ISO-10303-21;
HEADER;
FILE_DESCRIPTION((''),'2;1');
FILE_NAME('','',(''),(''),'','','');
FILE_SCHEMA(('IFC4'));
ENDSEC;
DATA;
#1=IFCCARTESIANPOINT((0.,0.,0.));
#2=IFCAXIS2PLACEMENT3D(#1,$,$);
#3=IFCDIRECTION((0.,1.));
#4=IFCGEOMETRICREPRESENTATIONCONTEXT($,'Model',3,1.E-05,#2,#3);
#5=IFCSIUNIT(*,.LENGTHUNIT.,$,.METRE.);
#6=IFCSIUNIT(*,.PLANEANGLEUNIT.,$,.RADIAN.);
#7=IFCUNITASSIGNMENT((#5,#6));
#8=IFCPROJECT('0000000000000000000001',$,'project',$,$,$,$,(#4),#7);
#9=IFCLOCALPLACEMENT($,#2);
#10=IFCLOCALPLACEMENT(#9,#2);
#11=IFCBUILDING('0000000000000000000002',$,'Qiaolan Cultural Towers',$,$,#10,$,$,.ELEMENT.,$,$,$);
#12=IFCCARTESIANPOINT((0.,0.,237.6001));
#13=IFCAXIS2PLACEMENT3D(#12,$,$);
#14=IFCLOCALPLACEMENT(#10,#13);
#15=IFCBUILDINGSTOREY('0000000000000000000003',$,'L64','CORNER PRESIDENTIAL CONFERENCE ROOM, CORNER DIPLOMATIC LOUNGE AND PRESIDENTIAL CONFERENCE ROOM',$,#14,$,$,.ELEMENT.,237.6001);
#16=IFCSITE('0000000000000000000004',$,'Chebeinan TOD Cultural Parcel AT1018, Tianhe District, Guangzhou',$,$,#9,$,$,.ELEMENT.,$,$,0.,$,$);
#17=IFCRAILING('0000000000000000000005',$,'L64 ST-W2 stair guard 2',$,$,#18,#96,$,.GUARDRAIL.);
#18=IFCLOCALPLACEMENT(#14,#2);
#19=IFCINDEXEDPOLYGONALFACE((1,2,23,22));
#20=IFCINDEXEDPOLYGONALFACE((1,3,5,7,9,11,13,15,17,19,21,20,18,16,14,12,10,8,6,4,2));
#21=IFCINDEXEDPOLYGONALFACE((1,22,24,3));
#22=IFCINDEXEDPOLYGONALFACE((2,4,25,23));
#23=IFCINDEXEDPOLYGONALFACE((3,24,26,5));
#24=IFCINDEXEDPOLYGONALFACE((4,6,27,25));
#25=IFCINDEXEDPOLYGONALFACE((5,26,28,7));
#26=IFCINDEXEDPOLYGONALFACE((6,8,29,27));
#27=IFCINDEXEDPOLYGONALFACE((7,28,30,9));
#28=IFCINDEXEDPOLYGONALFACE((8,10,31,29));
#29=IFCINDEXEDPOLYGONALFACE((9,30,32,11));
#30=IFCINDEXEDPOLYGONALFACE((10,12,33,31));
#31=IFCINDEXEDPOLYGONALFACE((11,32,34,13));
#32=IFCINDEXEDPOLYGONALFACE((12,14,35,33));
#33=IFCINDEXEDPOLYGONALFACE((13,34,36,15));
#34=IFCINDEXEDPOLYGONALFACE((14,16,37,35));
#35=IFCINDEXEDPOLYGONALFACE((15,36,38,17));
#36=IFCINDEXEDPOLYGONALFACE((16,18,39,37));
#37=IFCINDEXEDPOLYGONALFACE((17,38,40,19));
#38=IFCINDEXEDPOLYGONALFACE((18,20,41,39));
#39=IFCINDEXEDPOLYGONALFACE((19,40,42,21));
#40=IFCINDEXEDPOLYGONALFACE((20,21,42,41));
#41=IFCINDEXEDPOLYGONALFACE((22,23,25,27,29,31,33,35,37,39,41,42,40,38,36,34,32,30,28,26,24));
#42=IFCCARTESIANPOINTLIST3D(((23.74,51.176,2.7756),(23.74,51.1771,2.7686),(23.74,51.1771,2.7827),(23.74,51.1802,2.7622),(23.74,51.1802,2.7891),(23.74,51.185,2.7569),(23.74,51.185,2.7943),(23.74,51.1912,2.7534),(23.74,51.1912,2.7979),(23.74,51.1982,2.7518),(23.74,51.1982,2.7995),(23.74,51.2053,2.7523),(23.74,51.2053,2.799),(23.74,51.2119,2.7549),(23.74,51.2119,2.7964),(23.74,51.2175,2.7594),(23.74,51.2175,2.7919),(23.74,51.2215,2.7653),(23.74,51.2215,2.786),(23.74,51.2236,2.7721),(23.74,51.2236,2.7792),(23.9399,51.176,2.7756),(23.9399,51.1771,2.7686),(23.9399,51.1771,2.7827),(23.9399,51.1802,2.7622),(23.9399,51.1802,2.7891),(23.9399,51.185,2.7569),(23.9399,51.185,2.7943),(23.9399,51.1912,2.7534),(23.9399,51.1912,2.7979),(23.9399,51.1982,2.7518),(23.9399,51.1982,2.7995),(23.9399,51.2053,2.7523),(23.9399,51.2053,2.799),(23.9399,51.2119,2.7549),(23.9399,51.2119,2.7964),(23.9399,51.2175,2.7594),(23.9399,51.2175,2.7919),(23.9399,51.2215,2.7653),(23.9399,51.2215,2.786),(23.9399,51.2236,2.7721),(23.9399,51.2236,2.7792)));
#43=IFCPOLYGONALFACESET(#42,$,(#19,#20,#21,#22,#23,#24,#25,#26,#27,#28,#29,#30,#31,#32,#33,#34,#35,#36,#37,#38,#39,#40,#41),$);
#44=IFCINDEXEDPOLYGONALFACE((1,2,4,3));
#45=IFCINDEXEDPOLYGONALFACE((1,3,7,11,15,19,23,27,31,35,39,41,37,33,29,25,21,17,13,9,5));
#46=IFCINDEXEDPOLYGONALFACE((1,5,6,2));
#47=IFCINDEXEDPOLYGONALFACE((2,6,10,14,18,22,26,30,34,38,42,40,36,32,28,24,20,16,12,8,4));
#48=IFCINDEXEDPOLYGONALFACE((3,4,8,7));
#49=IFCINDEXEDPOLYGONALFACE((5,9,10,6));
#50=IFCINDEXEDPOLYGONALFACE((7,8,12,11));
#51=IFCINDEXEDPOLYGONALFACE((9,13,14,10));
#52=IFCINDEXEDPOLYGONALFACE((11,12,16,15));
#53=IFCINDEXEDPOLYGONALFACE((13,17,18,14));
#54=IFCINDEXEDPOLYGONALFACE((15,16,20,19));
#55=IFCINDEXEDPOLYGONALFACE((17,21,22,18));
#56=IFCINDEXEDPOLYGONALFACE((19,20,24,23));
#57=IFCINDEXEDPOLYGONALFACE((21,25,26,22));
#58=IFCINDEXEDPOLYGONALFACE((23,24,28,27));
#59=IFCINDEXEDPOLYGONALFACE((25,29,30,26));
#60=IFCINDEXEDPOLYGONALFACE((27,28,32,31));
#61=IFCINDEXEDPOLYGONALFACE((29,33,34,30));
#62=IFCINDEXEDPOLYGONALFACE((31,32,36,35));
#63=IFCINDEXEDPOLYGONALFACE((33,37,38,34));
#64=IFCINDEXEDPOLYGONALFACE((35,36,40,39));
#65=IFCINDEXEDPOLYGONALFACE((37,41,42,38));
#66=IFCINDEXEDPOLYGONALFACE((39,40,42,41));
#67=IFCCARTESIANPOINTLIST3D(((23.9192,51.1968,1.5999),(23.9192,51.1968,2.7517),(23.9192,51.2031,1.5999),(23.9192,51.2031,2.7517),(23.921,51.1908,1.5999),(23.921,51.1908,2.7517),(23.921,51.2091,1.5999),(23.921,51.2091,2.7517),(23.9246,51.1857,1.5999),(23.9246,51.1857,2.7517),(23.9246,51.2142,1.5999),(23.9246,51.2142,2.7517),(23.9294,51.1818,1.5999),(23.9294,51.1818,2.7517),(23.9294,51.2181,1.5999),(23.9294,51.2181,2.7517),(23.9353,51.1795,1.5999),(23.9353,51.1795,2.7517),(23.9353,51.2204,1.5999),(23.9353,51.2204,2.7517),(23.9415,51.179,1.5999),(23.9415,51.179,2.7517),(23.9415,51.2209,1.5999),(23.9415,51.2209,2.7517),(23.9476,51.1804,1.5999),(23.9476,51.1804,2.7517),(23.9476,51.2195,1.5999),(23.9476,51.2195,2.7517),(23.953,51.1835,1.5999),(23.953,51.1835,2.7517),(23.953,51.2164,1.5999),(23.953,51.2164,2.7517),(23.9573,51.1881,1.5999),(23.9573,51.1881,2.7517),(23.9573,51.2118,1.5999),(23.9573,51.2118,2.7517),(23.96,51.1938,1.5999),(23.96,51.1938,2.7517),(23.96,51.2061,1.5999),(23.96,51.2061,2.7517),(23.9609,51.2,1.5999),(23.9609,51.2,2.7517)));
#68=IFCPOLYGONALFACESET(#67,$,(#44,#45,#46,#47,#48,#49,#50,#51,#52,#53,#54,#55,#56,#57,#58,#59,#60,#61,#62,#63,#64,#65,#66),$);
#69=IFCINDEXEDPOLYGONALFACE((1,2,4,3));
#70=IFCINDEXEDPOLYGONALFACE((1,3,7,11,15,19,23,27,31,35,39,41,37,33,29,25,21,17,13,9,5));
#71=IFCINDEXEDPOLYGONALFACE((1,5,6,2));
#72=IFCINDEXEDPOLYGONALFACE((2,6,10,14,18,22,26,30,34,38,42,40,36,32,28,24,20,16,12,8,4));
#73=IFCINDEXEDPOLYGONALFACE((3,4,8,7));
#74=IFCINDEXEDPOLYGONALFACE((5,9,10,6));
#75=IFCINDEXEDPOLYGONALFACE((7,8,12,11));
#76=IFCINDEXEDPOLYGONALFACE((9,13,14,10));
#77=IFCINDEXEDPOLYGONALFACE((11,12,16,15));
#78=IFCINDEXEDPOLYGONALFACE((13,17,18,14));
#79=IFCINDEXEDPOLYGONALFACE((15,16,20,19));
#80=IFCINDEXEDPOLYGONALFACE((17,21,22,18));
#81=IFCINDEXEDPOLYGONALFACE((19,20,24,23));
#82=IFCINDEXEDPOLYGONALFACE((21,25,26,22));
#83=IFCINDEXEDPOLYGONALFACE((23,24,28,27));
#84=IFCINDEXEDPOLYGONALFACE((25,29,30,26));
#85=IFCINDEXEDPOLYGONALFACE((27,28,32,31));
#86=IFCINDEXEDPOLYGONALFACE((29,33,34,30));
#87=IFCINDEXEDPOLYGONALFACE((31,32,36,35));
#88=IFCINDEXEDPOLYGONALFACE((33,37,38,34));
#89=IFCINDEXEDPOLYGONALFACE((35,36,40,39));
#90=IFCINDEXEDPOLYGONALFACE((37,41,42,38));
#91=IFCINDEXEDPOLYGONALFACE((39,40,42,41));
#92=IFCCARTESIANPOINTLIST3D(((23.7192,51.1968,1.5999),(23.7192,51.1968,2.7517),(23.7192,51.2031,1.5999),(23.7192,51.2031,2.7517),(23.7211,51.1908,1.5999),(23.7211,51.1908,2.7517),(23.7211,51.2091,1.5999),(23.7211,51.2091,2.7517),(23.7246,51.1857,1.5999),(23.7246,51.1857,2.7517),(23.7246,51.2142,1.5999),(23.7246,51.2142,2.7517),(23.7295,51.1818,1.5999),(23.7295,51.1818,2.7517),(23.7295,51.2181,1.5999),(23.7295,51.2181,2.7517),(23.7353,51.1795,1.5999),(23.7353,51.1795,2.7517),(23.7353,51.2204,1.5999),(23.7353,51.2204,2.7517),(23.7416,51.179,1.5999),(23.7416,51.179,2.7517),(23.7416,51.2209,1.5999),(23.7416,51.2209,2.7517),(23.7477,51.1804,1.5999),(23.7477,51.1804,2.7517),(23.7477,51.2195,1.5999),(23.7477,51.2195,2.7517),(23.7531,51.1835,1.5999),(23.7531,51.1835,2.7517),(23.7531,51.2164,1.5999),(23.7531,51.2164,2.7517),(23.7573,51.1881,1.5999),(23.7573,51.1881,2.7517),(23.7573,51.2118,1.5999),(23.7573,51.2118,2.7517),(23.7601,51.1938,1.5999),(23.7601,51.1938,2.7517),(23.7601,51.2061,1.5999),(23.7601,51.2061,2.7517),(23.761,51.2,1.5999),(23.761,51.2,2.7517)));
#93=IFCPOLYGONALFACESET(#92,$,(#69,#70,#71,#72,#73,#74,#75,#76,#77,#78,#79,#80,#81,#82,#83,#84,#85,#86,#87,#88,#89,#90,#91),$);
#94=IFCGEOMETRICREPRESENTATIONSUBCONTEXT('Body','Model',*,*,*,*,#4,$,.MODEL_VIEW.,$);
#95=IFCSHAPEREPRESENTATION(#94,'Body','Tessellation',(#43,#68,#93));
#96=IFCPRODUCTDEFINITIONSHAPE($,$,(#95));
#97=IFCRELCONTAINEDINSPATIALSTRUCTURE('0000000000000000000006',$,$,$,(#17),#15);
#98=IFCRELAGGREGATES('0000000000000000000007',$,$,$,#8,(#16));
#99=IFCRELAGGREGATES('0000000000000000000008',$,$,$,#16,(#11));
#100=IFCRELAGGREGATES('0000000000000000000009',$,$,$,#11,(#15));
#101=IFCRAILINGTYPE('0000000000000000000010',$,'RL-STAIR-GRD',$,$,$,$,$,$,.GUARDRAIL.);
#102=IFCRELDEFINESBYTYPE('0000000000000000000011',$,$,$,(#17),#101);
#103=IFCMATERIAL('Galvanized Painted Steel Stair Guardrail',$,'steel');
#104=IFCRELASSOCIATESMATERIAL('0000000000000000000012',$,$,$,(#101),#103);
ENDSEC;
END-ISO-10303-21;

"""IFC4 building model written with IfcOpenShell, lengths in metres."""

from ifc_helpers import new_model, si_unit, direction, frame, origin, origin_2d, place, context, subcontext, project, spatial, circle, extrude, material, type_object, element, save


model = new_model("IFC4")

# Units and contexts
model_context = context("Model", 3, precision=1e-05, world=origin(), true_north=direction((0.0, 1.0)))
body_context = subcontext(model_context, "Body", "Model", "MODEL_VIEW")
ifc_project = project(units=[si_unit("LENGTHUNIT", "METRE"), si_unit("PLANEANGLEUNIT", "RADIAN")], contexts=[model_context])

# Site, building, storey
site_placement = place(None, origin())
site = spatial("IfcSite", under=ifc_project, at=site_placement, Name="Chebeinan TOD Cultural Parcel AT1018, Tianhe District, Guangzhou", CompositionType="ELEMENT", RefElevation=0.0)
building_placement = place(site_placement, origin())
building = spatial("IfcBuilding", under=site, at=building_placement, Name="Qiaolan Cultural Towers", CompositionType="ELEMENT")
storey_placement = place(building_placement, frame((0.0, 0.0, 237.6001)))
storey = spatial("IfcBuildingStorey", under=building, at=storey_placement, Name="L64", Description="CORNER PRESIDENTIAL CONFERENCE ROOM, CORNER DIPLOMATIC LOUNGE AND PRESIDENTIAL CONFERENCE ROOM", CompositionType="ELEMENT", Elevation=237.6001)

# Railing
ifc_material_1 = material(Name="Galvanized Painted Steel Stair Guardrail", Category="steel")
railing_type_1 = type_object("IfcRailingType", Name="RL-STAIR-GRD", PredefinedType="GUARDRAIL", material=ifc_material_1)
railing_1_placement = place(storey_placement, frame((23.9399, 51.2, 1.5999)))
element("IfcRailing", 1, at=railing_1_placement, inside=storey, type_object=railing_type_1, Name="L64 ST-W2 stair guard 2", PredefinedType="GUARDRAIL", context=body_context, shape_type="SweptSolid", body=[
    extrude(circle(Radius=0.0239, at=origin_2d()), frame((0.0, 0.0, 1.1758), z_axis=(-1.0, 0.0, 0.0), x_axis=(0.0, -1.0, 0.0)), (0.0, 0.0, 1.0), 0.2),
    extrude(circle(Radius=0.021, at=origin_2d()), origin(), (0.0, 0.0, 1.0), 1.1519),
    extrude(circle(Radius=0.021, at=origin_2d()), frame((-0.2, 0.0, 0.0)), (0.0, 0.0, 1.0), 1.1519),
])

save(model, "model.ifc")
